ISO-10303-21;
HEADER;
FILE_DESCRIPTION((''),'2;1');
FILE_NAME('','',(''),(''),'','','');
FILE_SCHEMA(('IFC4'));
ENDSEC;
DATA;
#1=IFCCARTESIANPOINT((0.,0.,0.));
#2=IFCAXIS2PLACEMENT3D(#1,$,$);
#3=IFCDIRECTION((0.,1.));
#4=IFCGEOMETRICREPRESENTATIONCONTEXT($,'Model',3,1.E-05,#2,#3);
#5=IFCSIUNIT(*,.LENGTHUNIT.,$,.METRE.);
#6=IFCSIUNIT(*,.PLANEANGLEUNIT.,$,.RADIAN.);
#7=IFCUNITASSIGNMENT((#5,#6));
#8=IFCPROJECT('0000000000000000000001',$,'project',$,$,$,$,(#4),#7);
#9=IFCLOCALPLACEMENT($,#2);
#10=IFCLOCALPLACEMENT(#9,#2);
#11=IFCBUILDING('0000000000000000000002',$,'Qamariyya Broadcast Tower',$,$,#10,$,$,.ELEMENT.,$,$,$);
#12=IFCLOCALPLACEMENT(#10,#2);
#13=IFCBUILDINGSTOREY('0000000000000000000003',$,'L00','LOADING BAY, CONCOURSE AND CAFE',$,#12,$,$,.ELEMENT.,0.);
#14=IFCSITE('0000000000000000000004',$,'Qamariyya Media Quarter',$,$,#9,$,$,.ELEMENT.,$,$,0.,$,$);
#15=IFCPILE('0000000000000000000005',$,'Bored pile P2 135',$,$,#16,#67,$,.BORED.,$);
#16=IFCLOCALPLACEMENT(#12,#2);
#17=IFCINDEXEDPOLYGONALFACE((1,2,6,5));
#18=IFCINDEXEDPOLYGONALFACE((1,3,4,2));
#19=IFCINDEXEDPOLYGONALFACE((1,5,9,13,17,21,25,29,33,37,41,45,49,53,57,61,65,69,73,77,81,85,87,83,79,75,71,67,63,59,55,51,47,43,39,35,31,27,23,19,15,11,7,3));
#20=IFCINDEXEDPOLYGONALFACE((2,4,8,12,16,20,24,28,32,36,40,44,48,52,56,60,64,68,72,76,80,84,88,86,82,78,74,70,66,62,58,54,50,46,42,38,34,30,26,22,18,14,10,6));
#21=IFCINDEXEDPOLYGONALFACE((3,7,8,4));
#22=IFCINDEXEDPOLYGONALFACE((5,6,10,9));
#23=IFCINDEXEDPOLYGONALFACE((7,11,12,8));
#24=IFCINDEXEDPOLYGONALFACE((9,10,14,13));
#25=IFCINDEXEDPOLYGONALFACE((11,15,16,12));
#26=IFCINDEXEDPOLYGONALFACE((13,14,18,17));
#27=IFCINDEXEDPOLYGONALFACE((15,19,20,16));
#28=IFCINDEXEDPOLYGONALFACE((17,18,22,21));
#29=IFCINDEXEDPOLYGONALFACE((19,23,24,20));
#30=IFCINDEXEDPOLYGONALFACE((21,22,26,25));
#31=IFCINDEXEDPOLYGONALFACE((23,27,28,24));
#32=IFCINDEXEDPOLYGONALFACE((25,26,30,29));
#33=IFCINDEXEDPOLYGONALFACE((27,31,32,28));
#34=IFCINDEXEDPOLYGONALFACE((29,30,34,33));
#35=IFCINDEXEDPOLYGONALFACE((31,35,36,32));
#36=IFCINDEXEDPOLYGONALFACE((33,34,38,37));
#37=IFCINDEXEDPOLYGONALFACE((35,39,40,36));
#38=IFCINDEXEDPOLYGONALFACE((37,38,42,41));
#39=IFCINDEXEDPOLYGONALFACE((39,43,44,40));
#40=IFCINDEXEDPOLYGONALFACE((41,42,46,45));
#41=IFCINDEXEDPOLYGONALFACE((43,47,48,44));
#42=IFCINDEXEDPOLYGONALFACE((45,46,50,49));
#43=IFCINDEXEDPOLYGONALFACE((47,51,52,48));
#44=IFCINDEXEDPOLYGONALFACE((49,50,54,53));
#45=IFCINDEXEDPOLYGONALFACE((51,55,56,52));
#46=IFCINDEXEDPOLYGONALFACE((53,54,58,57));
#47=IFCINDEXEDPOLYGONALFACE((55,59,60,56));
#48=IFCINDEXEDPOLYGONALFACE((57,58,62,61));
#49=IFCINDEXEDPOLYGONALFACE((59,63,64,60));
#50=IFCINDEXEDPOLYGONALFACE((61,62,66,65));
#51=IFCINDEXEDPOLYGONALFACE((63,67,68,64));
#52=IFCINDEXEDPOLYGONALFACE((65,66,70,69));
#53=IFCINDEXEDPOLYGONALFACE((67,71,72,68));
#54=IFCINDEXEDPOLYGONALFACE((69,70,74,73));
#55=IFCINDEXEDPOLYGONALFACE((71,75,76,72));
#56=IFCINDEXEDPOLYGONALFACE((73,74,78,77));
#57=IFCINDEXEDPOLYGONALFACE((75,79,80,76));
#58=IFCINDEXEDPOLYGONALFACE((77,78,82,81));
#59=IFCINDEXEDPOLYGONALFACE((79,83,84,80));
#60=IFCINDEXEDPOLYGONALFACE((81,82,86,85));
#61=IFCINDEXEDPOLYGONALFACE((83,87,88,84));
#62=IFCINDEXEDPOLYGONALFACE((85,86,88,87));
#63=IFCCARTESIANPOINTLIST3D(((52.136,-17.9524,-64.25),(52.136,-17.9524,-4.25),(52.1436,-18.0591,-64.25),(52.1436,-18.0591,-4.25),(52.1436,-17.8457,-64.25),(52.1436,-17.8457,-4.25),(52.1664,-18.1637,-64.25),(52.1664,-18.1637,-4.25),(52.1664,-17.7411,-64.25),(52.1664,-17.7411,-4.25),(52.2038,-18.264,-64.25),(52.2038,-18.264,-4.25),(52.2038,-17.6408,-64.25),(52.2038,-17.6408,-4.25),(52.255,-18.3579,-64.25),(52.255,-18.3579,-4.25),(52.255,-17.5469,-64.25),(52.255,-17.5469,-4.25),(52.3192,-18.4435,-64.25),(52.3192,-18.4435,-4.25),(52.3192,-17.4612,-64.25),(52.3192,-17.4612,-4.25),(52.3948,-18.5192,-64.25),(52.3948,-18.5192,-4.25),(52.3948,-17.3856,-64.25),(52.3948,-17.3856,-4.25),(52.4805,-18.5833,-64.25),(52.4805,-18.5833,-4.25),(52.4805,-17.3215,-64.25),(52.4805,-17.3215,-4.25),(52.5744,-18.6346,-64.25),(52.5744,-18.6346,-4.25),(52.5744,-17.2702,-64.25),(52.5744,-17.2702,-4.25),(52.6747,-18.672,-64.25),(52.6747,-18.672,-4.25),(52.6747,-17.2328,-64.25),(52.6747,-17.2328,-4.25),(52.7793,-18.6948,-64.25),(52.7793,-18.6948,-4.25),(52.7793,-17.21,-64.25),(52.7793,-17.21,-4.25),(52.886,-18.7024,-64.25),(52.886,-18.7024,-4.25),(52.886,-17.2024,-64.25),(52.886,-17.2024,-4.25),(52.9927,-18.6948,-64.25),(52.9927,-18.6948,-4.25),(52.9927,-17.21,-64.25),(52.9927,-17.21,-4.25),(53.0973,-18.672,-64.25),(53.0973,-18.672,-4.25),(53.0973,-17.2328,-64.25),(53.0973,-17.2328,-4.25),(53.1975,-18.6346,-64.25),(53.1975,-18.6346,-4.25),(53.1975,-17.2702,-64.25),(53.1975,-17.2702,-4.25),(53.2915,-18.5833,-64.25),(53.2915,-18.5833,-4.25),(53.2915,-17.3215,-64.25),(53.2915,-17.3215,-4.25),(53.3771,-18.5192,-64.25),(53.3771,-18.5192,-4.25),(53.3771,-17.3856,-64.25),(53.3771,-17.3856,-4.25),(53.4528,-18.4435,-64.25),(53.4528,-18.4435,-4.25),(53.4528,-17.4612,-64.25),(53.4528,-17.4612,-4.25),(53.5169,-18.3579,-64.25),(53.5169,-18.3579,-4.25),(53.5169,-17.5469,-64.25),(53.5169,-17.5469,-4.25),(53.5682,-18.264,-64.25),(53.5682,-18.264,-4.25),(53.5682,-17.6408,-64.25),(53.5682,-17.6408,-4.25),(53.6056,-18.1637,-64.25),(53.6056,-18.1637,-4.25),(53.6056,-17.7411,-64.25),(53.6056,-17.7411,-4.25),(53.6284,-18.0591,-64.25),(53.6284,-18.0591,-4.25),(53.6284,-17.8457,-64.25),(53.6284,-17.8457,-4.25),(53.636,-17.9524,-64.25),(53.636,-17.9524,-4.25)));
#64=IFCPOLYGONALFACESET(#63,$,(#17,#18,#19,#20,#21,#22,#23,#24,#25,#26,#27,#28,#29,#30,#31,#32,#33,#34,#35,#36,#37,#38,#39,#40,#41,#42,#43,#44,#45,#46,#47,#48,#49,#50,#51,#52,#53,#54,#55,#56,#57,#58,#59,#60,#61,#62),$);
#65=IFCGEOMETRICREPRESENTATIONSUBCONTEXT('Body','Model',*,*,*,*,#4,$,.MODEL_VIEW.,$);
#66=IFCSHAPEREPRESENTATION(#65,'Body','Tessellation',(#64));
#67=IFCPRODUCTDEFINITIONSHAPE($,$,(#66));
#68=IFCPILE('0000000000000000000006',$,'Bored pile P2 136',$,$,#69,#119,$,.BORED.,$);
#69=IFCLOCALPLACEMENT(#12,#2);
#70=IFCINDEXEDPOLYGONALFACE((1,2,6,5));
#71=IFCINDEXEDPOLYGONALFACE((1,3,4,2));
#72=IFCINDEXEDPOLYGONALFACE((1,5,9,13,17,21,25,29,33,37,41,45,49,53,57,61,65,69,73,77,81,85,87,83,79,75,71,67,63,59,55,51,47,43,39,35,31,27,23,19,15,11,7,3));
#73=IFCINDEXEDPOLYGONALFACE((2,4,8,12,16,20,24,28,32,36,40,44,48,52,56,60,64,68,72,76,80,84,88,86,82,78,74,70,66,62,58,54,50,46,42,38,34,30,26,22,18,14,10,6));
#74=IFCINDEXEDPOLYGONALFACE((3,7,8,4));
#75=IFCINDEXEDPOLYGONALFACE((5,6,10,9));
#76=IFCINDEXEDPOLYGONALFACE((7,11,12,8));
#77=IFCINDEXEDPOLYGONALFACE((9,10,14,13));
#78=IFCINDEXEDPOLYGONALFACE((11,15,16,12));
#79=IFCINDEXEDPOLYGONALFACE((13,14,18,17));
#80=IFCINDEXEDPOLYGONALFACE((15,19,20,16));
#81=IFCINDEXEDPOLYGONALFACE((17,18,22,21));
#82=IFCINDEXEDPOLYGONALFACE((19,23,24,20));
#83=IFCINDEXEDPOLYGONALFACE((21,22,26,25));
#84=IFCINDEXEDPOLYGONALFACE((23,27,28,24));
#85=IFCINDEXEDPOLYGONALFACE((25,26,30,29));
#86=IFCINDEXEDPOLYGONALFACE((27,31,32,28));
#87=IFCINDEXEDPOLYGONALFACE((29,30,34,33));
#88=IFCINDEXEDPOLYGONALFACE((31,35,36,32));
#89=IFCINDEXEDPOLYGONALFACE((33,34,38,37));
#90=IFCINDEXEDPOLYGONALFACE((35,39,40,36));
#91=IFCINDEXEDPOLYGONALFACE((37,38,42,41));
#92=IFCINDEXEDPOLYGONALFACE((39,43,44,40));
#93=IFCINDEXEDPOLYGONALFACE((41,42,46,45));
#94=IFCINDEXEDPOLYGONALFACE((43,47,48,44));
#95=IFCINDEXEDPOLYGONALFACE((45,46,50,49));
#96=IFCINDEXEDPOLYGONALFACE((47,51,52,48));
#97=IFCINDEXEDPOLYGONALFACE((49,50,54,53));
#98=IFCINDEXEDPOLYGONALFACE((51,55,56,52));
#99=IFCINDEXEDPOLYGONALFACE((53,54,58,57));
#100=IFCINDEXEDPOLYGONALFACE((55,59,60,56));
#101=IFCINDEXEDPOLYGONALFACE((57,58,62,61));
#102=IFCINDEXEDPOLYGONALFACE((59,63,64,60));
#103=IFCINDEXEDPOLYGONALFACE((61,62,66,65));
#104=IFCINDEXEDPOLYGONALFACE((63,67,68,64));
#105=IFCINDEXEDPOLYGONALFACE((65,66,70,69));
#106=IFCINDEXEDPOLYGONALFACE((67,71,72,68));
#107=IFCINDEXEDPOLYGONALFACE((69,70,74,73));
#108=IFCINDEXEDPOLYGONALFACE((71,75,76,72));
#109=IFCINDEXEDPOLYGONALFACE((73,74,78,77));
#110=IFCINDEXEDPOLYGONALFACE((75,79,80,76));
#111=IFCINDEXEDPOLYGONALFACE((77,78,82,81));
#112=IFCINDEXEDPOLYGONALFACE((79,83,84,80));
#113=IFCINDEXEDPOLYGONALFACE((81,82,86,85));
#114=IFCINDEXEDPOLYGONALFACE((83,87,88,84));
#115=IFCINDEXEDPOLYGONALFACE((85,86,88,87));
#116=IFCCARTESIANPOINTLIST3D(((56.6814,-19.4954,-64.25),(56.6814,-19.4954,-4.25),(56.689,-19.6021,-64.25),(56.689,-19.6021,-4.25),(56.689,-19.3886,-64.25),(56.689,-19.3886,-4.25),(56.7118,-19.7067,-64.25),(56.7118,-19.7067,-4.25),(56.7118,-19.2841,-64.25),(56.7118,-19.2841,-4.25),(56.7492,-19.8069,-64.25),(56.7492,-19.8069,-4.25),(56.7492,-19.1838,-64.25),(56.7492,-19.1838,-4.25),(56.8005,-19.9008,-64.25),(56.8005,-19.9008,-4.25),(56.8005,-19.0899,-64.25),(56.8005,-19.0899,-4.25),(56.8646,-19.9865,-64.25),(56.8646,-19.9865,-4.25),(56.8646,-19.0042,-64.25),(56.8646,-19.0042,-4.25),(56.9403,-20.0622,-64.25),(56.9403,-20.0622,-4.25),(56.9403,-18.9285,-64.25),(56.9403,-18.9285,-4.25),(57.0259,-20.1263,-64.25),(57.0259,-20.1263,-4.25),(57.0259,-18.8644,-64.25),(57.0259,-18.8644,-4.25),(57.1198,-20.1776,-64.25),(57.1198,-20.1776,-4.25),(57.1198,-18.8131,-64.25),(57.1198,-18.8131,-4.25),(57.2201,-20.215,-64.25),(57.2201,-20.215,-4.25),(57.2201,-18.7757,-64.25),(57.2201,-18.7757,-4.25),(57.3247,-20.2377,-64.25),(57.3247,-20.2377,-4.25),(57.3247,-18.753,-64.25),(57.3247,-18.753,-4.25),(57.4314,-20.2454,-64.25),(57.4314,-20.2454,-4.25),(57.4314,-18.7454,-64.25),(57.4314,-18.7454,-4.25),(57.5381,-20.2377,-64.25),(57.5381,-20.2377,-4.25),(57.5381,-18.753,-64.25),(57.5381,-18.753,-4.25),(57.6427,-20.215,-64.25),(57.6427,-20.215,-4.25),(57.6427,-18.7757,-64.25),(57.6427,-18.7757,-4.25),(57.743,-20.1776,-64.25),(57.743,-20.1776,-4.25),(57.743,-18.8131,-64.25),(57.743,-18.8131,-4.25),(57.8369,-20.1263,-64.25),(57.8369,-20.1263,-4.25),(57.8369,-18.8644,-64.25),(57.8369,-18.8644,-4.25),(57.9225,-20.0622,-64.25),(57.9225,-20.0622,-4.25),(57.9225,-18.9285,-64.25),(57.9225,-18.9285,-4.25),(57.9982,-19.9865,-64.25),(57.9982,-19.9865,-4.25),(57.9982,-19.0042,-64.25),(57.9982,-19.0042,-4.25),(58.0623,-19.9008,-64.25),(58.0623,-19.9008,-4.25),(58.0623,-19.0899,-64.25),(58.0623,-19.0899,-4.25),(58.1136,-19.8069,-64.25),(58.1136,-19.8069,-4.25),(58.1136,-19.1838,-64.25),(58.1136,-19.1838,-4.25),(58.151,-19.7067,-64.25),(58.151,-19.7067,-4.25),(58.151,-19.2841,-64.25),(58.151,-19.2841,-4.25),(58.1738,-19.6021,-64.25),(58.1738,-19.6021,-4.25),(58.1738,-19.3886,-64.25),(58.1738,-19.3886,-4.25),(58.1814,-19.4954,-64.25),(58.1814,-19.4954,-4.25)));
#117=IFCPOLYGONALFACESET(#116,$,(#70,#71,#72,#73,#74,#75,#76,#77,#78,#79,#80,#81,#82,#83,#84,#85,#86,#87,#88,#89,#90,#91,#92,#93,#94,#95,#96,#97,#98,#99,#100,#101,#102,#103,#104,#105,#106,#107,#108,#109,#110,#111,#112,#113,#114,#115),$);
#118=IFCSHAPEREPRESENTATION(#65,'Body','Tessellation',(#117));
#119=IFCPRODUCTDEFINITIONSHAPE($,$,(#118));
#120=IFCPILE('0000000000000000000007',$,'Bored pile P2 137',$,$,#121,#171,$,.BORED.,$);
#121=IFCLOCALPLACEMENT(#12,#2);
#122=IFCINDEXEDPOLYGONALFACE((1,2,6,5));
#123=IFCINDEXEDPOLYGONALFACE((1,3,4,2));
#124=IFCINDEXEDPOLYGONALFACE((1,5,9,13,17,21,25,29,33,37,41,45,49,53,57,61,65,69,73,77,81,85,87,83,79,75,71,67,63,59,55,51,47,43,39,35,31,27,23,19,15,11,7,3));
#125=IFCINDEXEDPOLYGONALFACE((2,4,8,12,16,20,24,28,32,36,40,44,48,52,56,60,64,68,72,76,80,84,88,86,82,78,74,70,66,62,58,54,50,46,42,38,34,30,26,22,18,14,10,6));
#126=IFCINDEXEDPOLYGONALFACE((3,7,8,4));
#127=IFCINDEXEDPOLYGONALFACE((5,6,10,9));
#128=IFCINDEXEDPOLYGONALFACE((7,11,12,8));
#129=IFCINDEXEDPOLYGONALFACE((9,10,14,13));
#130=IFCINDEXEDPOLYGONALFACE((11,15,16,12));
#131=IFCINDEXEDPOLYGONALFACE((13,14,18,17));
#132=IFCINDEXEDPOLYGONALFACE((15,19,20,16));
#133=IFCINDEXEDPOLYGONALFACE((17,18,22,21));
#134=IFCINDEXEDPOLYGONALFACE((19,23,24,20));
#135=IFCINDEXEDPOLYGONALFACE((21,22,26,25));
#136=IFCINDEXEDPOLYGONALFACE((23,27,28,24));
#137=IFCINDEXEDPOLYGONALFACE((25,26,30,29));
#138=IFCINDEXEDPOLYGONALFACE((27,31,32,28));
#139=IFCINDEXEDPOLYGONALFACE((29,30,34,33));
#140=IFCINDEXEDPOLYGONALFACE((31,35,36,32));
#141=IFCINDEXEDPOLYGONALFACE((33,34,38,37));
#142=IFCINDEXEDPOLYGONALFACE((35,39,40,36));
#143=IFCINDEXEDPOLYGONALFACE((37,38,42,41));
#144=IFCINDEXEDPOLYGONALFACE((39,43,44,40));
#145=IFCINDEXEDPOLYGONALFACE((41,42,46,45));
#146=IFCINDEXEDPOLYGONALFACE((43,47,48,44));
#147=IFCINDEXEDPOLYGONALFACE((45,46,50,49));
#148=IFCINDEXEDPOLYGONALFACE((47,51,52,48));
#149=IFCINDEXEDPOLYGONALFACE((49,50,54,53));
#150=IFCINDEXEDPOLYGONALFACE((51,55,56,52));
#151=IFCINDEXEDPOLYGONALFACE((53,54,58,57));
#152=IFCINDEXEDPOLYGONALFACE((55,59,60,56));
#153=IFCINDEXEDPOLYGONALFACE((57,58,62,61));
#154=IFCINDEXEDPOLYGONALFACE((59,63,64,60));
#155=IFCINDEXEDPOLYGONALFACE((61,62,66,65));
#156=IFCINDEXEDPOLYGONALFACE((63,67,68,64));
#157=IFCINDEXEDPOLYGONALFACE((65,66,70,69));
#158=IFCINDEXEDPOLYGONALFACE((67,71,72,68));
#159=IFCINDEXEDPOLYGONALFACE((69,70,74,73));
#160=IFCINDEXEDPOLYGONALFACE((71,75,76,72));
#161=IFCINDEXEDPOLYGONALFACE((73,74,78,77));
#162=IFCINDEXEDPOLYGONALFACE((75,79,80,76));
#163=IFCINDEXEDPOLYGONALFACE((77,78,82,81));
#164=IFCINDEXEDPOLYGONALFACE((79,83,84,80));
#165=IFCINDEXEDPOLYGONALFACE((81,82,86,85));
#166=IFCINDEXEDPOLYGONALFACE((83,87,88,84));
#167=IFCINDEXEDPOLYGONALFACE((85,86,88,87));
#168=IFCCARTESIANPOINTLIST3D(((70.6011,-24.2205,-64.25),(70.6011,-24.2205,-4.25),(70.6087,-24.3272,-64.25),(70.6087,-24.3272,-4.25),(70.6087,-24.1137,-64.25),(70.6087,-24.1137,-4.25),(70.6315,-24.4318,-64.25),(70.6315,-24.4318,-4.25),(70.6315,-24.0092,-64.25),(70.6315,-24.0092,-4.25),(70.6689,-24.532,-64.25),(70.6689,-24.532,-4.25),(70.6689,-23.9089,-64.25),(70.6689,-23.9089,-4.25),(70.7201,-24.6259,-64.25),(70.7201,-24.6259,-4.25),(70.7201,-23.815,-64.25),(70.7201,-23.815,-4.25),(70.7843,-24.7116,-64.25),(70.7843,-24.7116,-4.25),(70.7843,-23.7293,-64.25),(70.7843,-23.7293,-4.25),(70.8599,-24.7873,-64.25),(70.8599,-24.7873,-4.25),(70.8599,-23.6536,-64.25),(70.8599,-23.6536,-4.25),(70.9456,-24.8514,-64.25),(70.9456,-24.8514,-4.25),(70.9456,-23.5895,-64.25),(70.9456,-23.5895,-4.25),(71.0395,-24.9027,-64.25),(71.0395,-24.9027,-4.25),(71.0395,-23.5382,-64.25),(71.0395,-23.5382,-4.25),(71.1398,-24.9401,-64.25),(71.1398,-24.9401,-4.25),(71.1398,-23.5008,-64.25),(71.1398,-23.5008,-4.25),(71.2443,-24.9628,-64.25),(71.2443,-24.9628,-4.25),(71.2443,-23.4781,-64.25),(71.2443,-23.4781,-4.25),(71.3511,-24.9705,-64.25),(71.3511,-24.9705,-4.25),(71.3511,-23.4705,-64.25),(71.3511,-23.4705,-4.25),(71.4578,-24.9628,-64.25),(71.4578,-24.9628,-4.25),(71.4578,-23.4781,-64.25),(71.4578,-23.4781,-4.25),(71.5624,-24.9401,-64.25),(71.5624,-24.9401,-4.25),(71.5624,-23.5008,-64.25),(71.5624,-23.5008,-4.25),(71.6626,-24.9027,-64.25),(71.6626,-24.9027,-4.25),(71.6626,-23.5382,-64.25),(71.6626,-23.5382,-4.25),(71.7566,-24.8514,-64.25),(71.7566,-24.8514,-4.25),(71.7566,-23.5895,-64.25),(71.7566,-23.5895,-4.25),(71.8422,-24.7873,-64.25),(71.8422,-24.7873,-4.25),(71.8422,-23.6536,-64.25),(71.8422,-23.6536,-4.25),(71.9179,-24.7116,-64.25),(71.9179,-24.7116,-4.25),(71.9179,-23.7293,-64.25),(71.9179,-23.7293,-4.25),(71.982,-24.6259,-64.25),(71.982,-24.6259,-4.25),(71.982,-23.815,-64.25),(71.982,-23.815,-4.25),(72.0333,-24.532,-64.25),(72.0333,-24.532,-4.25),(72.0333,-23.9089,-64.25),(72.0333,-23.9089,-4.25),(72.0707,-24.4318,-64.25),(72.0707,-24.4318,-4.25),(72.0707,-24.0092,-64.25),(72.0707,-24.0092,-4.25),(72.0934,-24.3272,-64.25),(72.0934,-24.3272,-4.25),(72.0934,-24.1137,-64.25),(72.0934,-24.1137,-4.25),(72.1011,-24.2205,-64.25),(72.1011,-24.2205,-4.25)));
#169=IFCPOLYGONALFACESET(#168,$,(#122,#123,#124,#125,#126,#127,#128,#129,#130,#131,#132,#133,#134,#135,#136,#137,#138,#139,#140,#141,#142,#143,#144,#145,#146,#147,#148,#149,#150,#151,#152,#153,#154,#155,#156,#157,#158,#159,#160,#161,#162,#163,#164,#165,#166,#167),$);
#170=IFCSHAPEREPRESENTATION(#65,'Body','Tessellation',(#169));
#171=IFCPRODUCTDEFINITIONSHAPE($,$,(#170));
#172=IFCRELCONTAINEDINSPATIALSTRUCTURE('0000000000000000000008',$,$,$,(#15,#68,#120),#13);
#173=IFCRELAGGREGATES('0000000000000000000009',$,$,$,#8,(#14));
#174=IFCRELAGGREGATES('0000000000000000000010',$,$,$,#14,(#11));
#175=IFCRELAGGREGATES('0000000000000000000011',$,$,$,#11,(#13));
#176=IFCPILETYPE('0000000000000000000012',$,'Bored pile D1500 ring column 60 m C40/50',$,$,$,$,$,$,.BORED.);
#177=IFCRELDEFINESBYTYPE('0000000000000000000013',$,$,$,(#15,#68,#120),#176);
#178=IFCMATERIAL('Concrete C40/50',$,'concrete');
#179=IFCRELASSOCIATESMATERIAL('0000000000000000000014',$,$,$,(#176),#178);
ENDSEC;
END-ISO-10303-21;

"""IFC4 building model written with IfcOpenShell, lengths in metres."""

from ifc_helpers import new_model, si_unit, direction, frame, origin, origin_2d, place, context, subcontext, project, spatial, circle, extrude, material, material_profile, profile_set, type_object, element, save


model = new_model("IFC4")

# Units and contexts
model_context = context("Model", 3, precision=1e-05, world=origin(), true_north=direction((0.0, 1.0)))
body_context = subcontext(model_context, "Body", "Model", "MODEL_VIEW")
ifc_project = project(units=[si_unit("LENGTHUNIT", "METRE"), si_unit("PLANEANGLEUNIT", "RADIAN")], contexts=[model_context])

# Site, building, storey
site_placement = place(None, origin())
site = spatial("IfcSite", under=ifc_project, at=site_placement, Name="Qamariyya Media Quarter", CompositionType="ELEMENT", RefElevation=0.0)
building_placement = place(site_placement, origin())
building = spatial("IfcBuilding", under=site, at=building_placement, Name="Qamariyya Broadcast Tower", CompositionType="ELEMENT")
storey_placement = place(building_placement, origin())
storey = spatial("IfcBuildingStorey", under=building, at=storey_placement, Name="L00", Description="LOADING BAY, CONCOURSE AND CAFE", CompositionType="ELEMENT", Elevation=0.0)

# Piles
ifc_material_1 = material(Name="Concrete C40/50", Category="concrete")
ifc_material_profile_1 = material_profile(ifc_material_1, circle(Radius=0.75, at=origin_2d()))
ifc_profile_set_1 = profile_set([ifc_material_profile_1], Name="Concrete C40/50")
pile_type_1 = type_object("IfcPileType", Name="Bored pile D1500 ring column 60 m C40/50", PredefinedType="BORED", material=ifc_profile_set_1)
for number, where, z_axis, x_axis, name in (
    (1, (52.886, -17.9524, -4.25), (0.0, 0.0, -1.0), (1.0, 0.0, 0.0), "Bored pile P2 135"),
    (2, (57.4314, -19.4954, -4.25), (0.0, 0.0, -1.0), (1.0, 0.0, 0.0), "Bored pile P2 136"),
    (3, (71.3511, -24.2205, -4.25), (0.0, 0.0, -1.0), (1.0, 0.0, 0.0), "Bored pile P2 137"),
):
    element("IfcPile", number, at=place(storey_placement, frame(where, z_axis=z_axis, x_axis=x_axis)), inside=storey, type_object=pile_type_1, Name=name, PredefinedType="BORED", context=body_context, shape_type="SweptSolid", body=[
        extrude(circle(Radius=0.75, at=origin_2d()), origin(), (0.0, 0.0, 1.0), 60.0),
    ])

save(model, "model.ifc")
